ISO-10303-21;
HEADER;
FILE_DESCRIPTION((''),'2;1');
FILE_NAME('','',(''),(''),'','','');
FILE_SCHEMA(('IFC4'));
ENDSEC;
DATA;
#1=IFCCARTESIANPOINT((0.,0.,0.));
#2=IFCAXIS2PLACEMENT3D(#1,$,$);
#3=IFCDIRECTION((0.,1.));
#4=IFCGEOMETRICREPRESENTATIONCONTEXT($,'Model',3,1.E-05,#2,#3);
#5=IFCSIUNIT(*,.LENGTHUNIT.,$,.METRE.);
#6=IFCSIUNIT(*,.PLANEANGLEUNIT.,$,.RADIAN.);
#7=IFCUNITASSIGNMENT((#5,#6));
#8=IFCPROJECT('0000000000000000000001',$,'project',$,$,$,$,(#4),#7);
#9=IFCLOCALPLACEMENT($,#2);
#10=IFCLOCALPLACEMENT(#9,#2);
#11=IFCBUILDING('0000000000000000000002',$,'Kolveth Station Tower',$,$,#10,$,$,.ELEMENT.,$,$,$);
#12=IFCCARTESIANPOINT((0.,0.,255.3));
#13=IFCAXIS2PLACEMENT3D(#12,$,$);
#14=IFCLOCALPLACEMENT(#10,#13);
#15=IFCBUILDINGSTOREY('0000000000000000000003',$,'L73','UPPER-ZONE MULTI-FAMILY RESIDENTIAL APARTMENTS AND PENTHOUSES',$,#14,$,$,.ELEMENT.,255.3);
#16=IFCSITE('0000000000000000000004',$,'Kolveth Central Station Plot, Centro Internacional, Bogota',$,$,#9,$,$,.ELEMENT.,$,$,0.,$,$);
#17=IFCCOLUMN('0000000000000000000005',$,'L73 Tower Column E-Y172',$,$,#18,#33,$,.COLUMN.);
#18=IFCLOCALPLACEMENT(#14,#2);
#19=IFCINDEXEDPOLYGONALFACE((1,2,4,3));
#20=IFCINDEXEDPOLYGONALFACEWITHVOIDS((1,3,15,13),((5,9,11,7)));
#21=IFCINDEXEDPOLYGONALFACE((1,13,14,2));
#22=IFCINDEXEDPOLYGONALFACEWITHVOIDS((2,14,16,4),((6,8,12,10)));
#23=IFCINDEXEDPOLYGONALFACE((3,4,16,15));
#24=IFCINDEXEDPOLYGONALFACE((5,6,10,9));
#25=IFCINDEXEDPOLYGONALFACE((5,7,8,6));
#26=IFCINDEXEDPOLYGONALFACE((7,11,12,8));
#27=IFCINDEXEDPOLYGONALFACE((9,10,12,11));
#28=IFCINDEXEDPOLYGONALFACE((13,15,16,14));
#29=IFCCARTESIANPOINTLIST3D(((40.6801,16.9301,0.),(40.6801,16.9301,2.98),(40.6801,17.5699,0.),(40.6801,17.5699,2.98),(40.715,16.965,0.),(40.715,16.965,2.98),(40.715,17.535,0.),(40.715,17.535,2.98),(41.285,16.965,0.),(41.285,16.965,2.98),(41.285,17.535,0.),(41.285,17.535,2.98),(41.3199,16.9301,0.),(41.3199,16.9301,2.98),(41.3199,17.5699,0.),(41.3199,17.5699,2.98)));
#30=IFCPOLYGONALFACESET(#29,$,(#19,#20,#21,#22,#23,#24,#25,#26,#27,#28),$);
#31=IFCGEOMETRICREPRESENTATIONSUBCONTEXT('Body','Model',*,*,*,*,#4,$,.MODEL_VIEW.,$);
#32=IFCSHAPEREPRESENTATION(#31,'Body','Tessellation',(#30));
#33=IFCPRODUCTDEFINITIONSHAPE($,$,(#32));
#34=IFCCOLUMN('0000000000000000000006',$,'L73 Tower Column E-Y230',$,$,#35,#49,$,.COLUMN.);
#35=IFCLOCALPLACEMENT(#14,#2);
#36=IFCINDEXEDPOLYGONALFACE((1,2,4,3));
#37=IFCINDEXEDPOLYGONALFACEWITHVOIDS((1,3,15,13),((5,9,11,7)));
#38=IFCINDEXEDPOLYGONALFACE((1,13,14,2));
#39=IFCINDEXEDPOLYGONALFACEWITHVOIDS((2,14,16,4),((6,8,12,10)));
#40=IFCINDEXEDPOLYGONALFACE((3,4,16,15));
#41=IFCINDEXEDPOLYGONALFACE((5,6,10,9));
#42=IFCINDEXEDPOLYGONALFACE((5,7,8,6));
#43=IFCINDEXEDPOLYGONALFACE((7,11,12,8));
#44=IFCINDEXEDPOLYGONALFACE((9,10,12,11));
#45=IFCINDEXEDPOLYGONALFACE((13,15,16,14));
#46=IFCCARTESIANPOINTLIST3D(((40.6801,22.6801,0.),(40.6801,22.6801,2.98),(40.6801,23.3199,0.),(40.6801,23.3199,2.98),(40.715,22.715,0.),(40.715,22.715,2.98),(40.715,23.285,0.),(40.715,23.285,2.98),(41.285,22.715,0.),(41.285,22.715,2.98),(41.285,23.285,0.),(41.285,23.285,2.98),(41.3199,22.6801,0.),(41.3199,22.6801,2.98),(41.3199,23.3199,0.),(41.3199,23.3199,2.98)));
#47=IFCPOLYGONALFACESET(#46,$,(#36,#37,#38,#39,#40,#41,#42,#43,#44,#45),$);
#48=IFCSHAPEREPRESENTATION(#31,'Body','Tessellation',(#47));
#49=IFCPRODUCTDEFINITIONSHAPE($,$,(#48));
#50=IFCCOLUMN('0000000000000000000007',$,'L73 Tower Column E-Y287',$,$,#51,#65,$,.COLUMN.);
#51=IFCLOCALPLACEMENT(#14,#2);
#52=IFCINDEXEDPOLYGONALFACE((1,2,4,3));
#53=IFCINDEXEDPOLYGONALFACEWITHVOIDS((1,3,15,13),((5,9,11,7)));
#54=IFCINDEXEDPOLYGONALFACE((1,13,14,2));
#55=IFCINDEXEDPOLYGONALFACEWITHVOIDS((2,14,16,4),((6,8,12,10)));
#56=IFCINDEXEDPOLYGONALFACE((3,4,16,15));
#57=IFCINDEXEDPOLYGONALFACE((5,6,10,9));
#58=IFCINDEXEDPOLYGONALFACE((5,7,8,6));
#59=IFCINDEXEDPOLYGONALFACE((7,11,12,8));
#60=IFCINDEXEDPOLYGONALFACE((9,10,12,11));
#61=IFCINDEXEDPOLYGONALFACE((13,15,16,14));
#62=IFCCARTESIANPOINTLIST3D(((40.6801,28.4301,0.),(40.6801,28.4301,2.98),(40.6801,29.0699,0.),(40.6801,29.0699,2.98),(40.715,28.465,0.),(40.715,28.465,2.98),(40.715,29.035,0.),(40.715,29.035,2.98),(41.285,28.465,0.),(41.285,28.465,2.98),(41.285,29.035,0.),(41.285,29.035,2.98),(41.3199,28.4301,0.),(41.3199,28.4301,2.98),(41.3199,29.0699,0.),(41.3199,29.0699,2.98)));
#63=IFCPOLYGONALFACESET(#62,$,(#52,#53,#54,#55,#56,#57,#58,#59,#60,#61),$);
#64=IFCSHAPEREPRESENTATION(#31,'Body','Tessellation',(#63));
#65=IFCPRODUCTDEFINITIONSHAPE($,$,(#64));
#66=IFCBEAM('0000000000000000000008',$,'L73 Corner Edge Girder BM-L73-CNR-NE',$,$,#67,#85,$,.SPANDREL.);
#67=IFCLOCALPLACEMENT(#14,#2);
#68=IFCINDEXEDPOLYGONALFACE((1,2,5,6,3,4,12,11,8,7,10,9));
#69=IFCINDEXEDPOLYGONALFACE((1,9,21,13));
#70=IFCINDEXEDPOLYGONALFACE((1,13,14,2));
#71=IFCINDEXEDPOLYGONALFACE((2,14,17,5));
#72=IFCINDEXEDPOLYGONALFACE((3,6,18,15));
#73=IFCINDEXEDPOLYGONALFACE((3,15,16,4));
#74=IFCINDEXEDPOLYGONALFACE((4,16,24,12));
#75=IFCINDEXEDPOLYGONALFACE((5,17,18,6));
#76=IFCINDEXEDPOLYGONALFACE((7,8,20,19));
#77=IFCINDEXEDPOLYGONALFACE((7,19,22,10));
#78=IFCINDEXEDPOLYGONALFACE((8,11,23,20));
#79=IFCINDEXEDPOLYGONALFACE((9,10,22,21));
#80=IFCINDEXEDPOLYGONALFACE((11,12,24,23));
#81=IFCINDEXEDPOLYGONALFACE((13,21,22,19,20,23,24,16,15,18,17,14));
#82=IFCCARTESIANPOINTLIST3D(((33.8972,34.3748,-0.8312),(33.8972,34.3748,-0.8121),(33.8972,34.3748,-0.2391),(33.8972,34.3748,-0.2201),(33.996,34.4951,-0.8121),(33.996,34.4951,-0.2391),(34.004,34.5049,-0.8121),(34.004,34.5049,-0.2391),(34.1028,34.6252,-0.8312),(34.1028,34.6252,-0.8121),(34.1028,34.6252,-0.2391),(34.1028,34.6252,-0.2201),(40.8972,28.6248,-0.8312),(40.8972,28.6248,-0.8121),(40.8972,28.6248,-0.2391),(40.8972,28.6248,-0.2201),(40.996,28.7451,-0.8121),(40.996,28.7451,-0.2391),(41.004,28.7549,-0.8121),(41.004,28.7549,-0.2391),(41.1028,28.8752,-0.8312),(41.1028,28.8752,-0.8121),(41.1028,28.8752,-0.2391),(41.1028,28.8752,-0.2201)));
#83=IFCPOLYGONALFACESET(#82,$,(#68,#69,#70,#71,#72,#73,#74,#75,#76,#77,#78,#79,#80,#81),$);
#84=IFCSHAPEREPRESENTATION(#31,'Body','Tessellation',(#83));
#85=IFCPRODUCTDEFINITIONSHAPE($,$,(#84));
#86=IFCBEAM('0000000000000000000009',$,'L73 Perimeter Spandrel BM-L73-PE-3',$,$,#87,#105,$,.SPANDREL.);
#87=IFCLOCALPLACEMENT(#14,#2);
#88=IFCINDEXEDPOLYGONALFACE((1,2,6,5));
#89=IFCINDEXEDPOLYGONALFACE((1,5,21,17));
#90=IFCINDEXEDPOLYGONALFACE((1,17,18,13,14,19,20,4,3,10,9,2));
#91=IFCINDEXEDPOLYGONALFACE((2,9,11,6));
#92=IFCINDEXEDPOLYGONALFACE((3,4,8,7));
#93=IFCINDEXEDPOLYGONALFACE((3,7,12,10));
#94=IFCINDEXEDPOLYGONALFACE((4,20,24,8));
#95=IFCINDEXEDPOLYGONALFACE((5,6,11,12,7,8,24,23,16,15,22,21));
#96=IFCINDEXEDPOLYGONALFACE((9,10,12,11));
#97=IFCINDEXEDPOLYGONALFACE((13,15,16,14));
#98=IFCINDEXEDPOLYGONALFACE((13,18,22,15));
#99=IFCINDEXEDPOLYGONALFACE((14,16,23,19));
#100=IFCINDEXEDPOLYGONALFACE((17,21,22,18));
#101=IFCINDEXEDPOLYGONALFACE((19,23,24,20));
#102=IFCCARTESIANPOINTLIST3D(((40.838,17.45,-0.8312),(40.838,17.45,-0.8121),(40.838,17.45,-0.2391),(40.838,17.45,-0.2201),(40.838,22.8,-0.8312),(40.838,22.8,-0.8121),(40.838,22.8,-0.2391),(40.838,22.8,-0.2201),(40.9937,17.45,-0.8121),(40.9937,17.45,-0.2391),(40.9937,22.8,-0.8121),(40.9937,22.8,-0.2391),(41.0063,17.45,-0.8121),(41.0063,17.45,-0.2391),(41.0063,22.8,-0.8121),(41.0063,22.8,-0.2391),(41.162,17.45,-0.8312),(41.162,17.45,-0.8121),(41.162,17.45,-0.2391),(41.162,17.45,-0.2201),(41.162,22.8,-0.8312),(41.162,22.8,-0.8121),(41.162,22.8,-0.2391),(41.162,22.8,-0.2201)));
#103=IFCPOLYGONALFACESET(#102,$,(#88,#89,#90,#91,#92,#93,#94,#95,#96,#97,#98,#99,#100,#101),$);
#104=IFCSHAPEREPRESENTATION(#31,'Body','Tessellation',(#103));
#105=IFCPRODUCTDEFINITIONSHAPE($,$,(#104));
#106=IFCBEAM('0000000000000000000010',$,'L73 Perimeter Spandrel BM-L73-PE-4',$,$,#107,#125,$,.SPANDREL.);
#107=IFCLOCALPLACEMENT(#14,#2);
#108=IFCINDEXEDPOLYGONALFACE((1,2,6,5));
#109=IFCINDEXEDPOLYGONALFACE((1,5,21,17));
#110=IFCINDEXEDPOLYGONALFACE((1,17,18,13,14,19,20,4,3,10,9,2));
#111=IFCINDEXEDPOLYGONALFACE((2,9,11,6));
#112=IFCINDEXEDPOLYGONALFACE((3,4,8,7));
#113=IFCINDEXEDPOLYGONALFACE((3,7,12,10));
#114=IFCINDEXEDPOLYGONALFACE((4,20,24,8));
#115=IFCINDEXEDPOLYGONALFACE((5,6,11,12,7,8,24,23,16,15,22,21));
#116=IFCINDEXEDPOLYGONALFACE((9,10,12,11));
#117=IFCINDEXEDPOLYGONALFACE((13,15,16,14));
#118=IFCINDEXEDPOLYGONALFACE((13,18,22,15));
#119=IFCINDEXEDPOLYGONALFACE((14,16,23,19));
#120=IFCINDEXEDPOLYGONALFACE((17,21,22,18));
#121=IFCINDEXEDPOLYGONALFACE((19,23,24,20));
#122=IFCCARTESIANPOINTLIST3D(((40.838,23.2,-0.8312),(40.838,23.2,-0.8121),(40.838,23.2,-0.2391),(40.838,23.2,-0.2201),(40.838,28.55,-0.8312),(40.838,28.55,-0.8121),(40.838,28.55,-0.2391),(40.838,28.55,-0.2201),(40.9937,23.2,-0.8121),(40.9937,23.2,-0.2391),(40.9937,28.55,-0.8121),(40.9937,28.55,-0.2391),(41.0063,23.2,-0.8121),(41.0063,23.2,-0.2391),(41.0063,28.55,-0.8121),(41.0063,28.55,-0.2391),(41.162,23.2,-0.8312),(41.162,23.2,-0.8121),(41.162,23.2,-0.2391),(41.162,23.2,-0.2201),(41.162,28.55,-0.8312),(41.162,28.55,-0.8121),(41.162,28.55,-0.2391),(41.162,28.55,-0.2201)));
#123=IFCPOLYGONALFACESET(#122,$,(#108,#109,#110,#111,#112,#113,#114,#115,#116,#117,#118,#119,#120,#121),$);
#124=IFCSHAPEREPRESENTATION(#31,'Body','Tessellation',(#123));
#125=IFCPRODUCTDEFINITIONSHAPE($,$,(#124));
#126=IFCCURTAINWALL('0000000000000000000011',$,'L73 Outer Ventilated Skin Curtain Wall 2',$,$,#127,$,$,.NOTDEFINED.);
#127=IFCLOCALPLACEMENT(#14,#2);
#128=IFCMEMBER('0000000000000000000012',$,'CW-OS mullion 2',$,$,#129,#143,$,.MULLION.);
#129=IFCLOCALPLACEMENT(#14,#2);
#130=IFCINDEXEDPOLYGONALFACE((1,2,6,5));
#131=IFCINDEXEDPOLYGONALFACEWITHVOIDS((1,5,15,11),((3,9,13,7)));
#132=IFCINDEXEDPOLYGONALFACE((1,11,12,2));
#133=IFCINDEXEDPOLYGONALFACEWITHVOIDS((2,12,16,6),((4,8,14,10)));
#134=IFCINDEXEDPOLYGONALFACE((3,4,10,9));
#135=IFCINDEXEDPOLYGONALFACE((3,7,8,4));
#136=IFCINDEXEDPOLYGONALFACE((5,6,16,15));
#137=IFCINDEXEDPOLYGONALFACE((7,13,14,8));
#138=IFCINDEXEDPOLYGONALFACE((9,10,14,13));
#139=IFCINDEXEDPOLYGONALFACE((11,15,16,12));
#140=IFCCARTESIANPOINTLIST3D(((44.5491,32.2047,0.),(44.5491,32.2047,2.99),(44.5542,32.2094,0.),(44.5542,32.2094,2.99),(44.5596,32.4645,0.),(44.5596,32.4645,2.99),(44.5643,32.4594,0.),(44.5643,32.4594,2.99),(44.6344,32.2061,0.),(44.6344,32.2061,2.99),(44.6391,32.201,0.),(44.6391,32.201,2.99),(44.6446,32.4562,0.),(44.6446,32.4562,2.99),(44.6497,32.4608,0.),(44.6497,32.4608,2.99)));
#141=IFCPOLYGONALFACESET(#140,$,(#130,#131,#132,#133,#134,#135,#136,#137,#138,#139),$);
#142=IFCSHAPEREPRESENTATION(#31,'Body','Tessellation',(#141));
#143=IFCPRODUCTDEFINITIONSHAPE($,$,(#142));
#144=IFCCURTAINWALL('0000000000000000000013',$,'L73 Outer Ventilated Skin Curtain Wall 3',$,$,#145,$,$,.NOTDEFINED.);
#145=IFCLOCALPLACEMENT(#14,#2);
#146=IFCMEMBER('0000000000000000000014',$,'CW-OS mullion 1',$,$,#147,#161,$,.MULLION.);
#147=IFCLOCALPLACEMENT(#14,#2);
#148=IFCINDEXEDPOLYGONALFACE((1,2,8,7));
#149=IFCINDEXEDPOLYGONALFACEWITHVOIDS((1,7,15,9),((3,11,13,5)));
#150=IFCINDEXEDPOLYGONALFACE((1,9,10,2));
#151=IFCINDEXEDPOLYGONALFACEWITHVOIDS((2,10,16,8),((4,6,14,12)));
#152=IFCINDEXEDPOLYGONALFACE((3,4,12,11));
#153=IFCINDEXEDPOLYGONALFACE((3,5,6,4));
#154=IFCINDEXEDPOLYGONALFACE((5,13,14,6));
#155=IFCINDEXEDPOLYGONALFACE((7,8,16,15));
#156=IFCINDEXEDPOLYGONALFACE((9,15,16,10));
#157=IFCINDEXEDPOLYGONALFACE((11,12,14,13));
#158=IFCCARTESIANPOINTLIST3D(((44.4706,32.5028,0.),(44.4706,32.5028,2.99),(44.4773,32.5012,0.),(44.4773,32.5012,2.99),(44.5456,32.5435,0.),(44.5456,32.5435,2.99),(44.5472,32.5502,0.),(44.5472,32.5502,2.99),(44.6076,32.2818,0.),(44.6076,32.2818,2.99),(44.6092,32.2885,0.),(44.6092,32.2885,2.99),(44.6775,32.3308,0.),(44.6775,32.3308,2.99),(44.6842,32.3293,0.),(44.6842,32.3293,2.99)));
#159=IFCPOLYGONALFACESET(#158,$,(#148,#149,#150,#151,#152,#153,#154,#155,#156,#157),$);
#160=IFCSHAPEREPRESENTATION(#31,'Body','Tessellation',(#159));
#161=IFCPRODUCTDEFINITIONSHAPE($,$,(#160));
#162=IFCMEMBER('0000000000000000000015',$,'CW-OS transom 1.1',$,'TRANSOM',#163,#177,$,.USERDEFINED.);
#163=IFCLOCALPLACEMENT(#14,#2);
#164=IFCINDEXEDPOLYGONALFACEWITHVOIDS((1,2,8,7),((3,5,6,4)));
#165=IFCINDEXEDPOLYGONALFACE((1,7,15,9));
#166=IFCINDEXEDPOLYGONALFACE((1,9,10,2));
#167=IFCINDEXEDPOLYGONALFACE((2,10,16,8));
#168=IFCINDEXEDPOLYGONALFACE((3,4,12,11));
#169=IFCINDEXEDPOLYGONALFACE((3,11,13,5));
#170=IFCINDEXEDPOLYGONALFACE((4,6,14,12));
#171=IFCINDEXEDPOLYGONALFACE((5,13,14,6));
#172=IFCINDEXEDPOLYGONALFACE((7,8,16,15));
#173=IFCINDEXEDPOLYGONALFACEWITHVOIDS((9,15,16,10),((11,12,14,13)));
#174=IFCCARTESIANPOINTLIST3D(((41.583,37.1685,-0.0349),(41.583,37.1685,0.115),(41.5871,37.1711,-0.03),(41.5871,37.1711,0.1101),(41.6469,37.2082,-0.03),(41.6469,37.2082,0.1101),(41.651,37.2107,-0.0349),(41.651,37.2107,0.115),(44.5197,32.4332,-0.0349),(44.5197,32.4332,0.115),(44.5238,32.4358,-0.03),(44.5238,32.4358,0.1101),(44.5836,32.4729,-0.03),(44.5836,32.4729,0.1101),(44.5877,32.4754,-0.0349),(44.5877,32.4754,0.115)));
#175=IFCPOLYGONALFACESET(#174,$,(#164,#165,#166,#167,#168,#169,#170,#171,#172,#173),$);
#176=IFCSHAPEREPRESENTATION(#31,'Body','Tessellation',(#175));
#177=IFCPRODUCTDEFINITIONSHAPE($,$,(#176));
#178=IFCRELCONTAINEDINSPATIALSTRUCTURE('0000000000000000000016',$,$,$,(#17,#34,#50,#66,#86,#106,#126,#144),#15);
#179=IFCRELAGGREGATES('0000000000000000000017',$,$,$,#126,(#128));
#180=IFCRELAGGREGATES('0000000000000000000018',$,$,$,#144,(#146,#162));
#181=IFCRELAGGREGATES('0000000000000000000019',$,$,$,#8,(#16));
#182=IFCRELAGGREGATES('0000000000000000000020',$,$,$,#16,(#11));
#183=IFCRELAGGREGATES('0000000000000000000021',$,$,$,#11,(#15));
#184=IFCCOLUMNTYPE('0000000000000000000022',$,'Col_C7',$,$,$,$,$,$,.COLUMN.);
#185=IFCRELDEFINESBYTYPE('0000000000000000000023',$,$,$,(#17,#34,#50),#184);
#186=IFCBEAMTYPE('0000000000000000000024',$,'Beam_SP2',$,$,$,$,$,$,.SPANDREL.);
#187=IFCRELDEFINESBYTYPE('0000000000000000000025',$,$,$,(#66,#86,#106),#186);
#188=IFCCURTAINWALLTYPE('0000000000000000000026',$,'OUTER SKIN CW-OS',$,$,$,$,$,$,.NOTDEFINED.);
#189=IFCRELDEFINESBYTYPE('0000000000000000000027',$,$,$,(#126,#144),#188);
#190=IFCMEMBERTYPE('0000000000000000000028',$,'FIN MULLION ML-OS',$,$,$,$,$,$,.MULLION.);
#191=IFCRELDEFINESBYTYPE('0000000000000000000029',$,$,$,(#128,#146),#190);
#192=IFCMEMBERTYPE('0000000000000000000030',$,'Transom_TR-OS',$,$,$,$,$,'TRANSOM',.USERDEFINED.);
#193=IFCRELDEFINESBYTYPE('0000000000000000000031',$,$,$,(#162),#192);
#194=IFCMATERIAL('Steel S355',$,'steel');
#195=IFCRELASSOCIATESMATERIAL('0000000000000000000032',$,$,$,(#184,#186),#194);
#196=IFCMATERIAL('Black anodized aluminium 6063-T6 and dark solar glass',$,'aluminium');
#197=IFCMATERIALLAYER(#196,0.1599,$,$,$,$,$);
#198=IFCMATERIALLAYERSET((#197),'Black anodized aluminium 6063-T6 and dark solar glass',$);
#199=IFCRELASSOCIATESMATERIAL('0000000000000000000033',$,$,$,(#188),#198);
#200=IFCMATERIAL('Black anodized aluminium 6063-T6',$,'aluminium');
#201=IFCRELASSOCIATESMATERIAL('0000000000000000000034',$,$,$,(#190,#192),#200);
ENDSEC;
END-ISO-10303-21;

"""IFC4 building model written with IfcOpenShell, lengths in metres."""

from ifc_helpers import new_model, si_unit, direction, frame, origin, origin_2d, place, context, subcontext, project, spatial, hollow_rectangle, i_section, extrude, source, transform, mapped, material, layer, layer_set, material_profile, profile_set, type_object, element, aggregate, save


model = new_model("IFC4")

# Units and contexts
model_context = context("Model", 3, precision=1e-05, world=origin(), true_north=direction((0.0, 1.0)))
body_context = subcontext(model_context, "Body", "Model", "MODEL_VIEW")
ifc_project = project(units=[si_unit("LENGTHUNIT", "METRE"), si_unit("PLANEANGLEUNIT", "RADIAN")], contexts=[model_context])

# Site, building, storey
site_placement = place(None, origin())
site = spatial("IfcSite", under=ifc_project, at=site_placement, Name="Kolveth Central Station Plot, Centro Internacional, Bogota", CompositionType="ELEMENT", RefElevation=0.0)
building_placement = place(site_placement, origin())
building = spatial("IfcBuilding", under=site, at=building_placement, Name="Kolveth Station Tower", CompositionType="ELEMENT")
storey_placement = place(building_placement, frame((0.0, 0.0, 255.3)))
storey = spatial("IfcBuildingStorey", under=building, at=storey_placement, Name="L73", Description="UPPER-ZONE MULTI-FAMILY RESIDENTIAL APARTMENTS AND PENTHOUSES", CompositionType="ELEMENT", Elevation=255.3)

# Columns
ifc_material_1 = material(Name="Steel S355", Category="steel")
ifc_material_profile_1 = material_profile(ifc_material_1, hollow_rectangle(XDim=0.6399, YDim=0.6399, WallThickness=0.0349, at=origin_2d()), Name="BOX640x640x35")
ifc_profile_set_1 = profile_set([ifc_material_profile_1], Name="Steel S355")
column_type = type_object("IfcColumnType", Name="Col_C7", PredefinedType="COLUMN", material=ifc_profile_set_1)
shared_shape_1 = source(origin(), body_context, "Body", "SweptSolid", [
    extrude(hollow_rectangle(XDim=0.6399, YDim=0.6399, WallThickness=0.0349, at=origin_2d()), origin(), (0.0, 0.0, 1.0), 2.98),
])
for number, where, z_axis, x_axis, name in (
    (1, (41.0, 17.25, 0.0), (0.0, 0.0, 1.0), (1.0, 0.0, 0.0), "L73 Tower Column E-Y172"),
    (2, (41.0, 23.0, 0.0), (0.0, 0.0, 1.0), (1.0, 0.0, 0.0), "L73 Tower Column E-Y230"),
    (3, (41.0, 28.75, 0.0), (0.0, 0.0, 1.0), (1.0, 0.0, 0.0), "L73 Tower Column E-Y287"),
):
    element("IfcColumn", number, at=place(storey_placement, frame(where, z_axis=z_axis, x_axis=x_axis)), inside=storey, type_object=column_type, Name=name, PredefinedType="COLUMN", context=body_context, shape_type="MappedRepresentation", body=[
        mapped(shared_shape_1, transform((0.0, 0.0, 0.0), x_axis=(1.0, 0.0, 0.0), y_axis=(0.0, 1.0, 0.0), z_axis=(0.0, 0.0, 1.0), scale=1.0)),
    ])

# Beams
ifc_material_profile_2 = material_profile(ifc_material_1, i_section(OverallWidth=0.324, OverallDepth=0.6111, WebThickness=0.0127, FlangeThickness=0.019, at=origin_2d()), Name="W610x155")
ifc_profile_set_2 = profile_set([ifc_material_profile_2], Name="Steel S355")
beam_type = type_object("IfcBeamType", Name="Beam_SP2", PredefinedType="SPANDREL", material=ifc_profile_set_2)
shared_shape_2 = source(origin(), body_context, "Body", "SweptSolid", [
    extrude(i_section(OverallWidth=0.324, OverallDepth=0.6111, WebThickness=0.0127, FlangeThickness=0.019, at=origin_2d()), origin(), (0.0, 0.0, 1.0), 9.0588),
])
beam_placement = place(storey_placement, frame((41.0, 28.75, -0.5256), z_axis=(-0.772726, 0.634739, 0.0), x_axis=(-0.634739, -0.772726, 0.0)))
element("IfcBeam", 4, at=beam_placement, inside=storey, type_object=beam_type, Name="L73 Corner Edge Girder BM-L73-CNR-NE", PredefinedType="SPANDREL", context=body_context, shape_type="MappedRepresentation", body=[
    mapped(shared_shape_2, transform((0.0, 0.0, 0.0), x_axis=(1.0, 0.0, 0.0), y_axis=(0.0, 1.0, 0.0), z_axis=(0.0, 0.0, 1.0), scale=1.0)),
])
shared_shape_3 = source(origin(), body_context, "Body", "SweptSolid", [
    extrude(i_section(OverallWidth=0.324, OverallDepth=0.6111, WebThickness=0.0127, FlangeThickness=0.019, at=origin_2d()), origin(), (0.0, 0.0, 1.0), 5.3501),
])
for number, where, z_axis, x_axis, name in (
    (5, (41.0, 17.45, -0.5256), (0.0, 1.0, 0.0), (-1.0, 0.0, 0.0), "L73 Perimeter Spandrel BM-L73-PE-3"),
    (6, (41.0, 23.2, -0.5256), (0.0, 1.0, 0.0), (-1.0, 0.0, 0.0), "L73 Perimeter Spandrel BM-L73-PE-4"),
):
    element("IfcBeam", number, at=place(storey_placement, frame(where, z_axis=z_axis, x_axis=x_axis)), inside=storey, type_object=beam_type, Name=name, PredefinedType="SPANDREL", context=body_context, shape_type="MappedRepresentation", body=[
        mapped(shared_shape_3, transform((0.0, 0.0, 0.0), x_axis=(1.0, 0.0, 0.0), y_axis=(0.0, 1.0, 0.0), z_axis=(0.0, 0.0, 1.0), scale=1.0)),
    ])

# Curtain wall, member
ifc_material_2 = material(Name="Black anodized aluminium 6063-T6 and dark solar glass", Category="aluminium")
ifc_layer_1 = layer(ifc_material_2, 0.1599)
ifc_layer_set_1 = layer_set([ifc_layer_1], Name="Black anodized aluminium 6063-T6 and dark solar glass")
curtain_wall_type_1 = type_object("IfcCurtainWallType", Name="OUTER SKIN CW-OS", PredefinedType="NOTDEFINED", material=ifc_layer_set_1)
curtain_wall_1_placement = place(storey_placement, origin())
curtain_wall_1 = element("IfcCurtainWall", 7, at=curtain_wall_1_placement, inside=storey, type_object=curtain_wall_type_1, Name="L73 Outer Ventilated Skin Curtain Wall 2", PredefinedType="NOTDEFINED")
ifc_material_3 = material(Name="Black anodized aluminium 6063-T6", Category="aluminium")
ifc_material_profile_3 = material_profile(ifc_material_3, hollow_rectangle(XDim=0.0901, YDim=0.26, WallThickness=0.0049, at=origin_2d()), Name="ALU-90x260x5")
ifc_profile_set_3 = profile_set([ifc_material_profile_3], Name="Black anodized aluminium 6063-T6")
member_type_1 = type_object("IfcMemberType", Name="FIN MULLION ML-OS", PredefinedType="MULLION", material=ifc_profile_set_3)
shared_shape_4 = source(origin(), body_context, "Body", "SweptSolid", [
    extrude(hollow_rectangle(XDim=0.0901, YDim=0.26, WallThickness=0.0049, at=origin_2d()), origin(), (0.0, 0.0, 1.0), 2.99),
])
member_1_placement = place(storey_placement, frame((44.5994, 32.3328, 0.0), z_axis=(0.0, 0.0, 1.0), x_axis=(-0.999175, 0.040618, 0.0)))
member_1 = element("IfcMember", 8, at=member_1_placement, type_object=member_type_1, Name="CW-OS mullion 2", PredefinedType="MULLION", context=body_context, shape_type="MappedRepresentation", body=[
    mapped(shared_shape_4, transform((0.0, 0.0, 0.0), x_axis=(1.0, 0.0, 0.0), y_axis=(0.0, 1.0, 0.0), z_axis=(0.0, 0.0, 1.0), scale=1.0)),
])
aggregate(curtain_wall_1, [member_1])

# Curtain wall, members
curtain_wall_2_placement = place(storey_placement, origin())
curtain_wall_2 = element("IfcCurtainWall", 9, at=curtain_wall_2_placement, inside=storey, type_object=curtain_wall_type_1, Name="L73 Outer Ventilated Skin Curtain Wall 3", PredefinedType="NOTDEFINED")
member_2_placement = place(storey_placement, frame((44.5774, 32.416, 0.0), z_axis=(0.0, 0.0, 1.0), x_axis=(-0.849844, -0.527034, 0.0)))
member_2 = element("IfcMember", 10, at=member_2_placement, type_object=member_type_1, Name="CW-OS mullion 1", PredefinedType="MULLION", context=body_context, shape_type="MappedRepresentation", body=[
    mapped(shared_shape_4, transform((0.0, 0.0, 0.0), x_axis=(1.0, 0.0, 0.0), y_axis=(0.0, 1.0, 0.0), z_axis=(0.0, 0.0, 1.0), scale=1.0)),
])
ifc_material_profile_4 = material_profile(ifc_material_3, hollow_rectangle(XDim=0.0801, YDim=0.1499, WallThickness=0.0049, at=origin_2d()), Name="ALU-80x150x5")
ifc_profile_set_4 = profile_set([ifc_material_profile_4], Name="Black anodized aluminium 6063-T6")
member_type_2 = type_object("IfcMemberType", Name="Transom_TR-OS", ElementType="TRANSOM", PredefinedType="USERDEFINED", material=ifc_profile_set_4)
shared_shape_5 = source(origin(), body_context, "Body", "SweptSolid", [
    extrude(hollow_rectangle(XDim=0.0801, YDim=0.1499, WallThickness=0.0049, at=origin_2d()), origin(), (0.0, 0.0, 1.0), 5.572),
])
member_3_placement = place(storey_placement, frame((44.5537, 32.4543, 0.04), z_axis=(-0.52705, 0.849834, 0.0), x_axis=(-0.849834, -0.52705, 0.0)))
member_3 = element("IfcMember", 11, at=member_3_placement, type_object=member_type_2, Name="CW-OS transom 1.1", ObjectType="TRANSOM", PredefinedType="USERDEFINED", context=body_context, shape_type="MappedRepresentation", body=[
    mapped(shared_shape_5, transform((0.0, 0.0, 0.0), x_axis=(1.0, 0.0, 0.0), y_axis=(0.0, 1.0, 0.0), z_axis=(0.0, 0.0, 1.0), scale=1.0)),
])
aggregate(curtain_wall_2, [member_2, member_3])

save(model, "model.ifc")
